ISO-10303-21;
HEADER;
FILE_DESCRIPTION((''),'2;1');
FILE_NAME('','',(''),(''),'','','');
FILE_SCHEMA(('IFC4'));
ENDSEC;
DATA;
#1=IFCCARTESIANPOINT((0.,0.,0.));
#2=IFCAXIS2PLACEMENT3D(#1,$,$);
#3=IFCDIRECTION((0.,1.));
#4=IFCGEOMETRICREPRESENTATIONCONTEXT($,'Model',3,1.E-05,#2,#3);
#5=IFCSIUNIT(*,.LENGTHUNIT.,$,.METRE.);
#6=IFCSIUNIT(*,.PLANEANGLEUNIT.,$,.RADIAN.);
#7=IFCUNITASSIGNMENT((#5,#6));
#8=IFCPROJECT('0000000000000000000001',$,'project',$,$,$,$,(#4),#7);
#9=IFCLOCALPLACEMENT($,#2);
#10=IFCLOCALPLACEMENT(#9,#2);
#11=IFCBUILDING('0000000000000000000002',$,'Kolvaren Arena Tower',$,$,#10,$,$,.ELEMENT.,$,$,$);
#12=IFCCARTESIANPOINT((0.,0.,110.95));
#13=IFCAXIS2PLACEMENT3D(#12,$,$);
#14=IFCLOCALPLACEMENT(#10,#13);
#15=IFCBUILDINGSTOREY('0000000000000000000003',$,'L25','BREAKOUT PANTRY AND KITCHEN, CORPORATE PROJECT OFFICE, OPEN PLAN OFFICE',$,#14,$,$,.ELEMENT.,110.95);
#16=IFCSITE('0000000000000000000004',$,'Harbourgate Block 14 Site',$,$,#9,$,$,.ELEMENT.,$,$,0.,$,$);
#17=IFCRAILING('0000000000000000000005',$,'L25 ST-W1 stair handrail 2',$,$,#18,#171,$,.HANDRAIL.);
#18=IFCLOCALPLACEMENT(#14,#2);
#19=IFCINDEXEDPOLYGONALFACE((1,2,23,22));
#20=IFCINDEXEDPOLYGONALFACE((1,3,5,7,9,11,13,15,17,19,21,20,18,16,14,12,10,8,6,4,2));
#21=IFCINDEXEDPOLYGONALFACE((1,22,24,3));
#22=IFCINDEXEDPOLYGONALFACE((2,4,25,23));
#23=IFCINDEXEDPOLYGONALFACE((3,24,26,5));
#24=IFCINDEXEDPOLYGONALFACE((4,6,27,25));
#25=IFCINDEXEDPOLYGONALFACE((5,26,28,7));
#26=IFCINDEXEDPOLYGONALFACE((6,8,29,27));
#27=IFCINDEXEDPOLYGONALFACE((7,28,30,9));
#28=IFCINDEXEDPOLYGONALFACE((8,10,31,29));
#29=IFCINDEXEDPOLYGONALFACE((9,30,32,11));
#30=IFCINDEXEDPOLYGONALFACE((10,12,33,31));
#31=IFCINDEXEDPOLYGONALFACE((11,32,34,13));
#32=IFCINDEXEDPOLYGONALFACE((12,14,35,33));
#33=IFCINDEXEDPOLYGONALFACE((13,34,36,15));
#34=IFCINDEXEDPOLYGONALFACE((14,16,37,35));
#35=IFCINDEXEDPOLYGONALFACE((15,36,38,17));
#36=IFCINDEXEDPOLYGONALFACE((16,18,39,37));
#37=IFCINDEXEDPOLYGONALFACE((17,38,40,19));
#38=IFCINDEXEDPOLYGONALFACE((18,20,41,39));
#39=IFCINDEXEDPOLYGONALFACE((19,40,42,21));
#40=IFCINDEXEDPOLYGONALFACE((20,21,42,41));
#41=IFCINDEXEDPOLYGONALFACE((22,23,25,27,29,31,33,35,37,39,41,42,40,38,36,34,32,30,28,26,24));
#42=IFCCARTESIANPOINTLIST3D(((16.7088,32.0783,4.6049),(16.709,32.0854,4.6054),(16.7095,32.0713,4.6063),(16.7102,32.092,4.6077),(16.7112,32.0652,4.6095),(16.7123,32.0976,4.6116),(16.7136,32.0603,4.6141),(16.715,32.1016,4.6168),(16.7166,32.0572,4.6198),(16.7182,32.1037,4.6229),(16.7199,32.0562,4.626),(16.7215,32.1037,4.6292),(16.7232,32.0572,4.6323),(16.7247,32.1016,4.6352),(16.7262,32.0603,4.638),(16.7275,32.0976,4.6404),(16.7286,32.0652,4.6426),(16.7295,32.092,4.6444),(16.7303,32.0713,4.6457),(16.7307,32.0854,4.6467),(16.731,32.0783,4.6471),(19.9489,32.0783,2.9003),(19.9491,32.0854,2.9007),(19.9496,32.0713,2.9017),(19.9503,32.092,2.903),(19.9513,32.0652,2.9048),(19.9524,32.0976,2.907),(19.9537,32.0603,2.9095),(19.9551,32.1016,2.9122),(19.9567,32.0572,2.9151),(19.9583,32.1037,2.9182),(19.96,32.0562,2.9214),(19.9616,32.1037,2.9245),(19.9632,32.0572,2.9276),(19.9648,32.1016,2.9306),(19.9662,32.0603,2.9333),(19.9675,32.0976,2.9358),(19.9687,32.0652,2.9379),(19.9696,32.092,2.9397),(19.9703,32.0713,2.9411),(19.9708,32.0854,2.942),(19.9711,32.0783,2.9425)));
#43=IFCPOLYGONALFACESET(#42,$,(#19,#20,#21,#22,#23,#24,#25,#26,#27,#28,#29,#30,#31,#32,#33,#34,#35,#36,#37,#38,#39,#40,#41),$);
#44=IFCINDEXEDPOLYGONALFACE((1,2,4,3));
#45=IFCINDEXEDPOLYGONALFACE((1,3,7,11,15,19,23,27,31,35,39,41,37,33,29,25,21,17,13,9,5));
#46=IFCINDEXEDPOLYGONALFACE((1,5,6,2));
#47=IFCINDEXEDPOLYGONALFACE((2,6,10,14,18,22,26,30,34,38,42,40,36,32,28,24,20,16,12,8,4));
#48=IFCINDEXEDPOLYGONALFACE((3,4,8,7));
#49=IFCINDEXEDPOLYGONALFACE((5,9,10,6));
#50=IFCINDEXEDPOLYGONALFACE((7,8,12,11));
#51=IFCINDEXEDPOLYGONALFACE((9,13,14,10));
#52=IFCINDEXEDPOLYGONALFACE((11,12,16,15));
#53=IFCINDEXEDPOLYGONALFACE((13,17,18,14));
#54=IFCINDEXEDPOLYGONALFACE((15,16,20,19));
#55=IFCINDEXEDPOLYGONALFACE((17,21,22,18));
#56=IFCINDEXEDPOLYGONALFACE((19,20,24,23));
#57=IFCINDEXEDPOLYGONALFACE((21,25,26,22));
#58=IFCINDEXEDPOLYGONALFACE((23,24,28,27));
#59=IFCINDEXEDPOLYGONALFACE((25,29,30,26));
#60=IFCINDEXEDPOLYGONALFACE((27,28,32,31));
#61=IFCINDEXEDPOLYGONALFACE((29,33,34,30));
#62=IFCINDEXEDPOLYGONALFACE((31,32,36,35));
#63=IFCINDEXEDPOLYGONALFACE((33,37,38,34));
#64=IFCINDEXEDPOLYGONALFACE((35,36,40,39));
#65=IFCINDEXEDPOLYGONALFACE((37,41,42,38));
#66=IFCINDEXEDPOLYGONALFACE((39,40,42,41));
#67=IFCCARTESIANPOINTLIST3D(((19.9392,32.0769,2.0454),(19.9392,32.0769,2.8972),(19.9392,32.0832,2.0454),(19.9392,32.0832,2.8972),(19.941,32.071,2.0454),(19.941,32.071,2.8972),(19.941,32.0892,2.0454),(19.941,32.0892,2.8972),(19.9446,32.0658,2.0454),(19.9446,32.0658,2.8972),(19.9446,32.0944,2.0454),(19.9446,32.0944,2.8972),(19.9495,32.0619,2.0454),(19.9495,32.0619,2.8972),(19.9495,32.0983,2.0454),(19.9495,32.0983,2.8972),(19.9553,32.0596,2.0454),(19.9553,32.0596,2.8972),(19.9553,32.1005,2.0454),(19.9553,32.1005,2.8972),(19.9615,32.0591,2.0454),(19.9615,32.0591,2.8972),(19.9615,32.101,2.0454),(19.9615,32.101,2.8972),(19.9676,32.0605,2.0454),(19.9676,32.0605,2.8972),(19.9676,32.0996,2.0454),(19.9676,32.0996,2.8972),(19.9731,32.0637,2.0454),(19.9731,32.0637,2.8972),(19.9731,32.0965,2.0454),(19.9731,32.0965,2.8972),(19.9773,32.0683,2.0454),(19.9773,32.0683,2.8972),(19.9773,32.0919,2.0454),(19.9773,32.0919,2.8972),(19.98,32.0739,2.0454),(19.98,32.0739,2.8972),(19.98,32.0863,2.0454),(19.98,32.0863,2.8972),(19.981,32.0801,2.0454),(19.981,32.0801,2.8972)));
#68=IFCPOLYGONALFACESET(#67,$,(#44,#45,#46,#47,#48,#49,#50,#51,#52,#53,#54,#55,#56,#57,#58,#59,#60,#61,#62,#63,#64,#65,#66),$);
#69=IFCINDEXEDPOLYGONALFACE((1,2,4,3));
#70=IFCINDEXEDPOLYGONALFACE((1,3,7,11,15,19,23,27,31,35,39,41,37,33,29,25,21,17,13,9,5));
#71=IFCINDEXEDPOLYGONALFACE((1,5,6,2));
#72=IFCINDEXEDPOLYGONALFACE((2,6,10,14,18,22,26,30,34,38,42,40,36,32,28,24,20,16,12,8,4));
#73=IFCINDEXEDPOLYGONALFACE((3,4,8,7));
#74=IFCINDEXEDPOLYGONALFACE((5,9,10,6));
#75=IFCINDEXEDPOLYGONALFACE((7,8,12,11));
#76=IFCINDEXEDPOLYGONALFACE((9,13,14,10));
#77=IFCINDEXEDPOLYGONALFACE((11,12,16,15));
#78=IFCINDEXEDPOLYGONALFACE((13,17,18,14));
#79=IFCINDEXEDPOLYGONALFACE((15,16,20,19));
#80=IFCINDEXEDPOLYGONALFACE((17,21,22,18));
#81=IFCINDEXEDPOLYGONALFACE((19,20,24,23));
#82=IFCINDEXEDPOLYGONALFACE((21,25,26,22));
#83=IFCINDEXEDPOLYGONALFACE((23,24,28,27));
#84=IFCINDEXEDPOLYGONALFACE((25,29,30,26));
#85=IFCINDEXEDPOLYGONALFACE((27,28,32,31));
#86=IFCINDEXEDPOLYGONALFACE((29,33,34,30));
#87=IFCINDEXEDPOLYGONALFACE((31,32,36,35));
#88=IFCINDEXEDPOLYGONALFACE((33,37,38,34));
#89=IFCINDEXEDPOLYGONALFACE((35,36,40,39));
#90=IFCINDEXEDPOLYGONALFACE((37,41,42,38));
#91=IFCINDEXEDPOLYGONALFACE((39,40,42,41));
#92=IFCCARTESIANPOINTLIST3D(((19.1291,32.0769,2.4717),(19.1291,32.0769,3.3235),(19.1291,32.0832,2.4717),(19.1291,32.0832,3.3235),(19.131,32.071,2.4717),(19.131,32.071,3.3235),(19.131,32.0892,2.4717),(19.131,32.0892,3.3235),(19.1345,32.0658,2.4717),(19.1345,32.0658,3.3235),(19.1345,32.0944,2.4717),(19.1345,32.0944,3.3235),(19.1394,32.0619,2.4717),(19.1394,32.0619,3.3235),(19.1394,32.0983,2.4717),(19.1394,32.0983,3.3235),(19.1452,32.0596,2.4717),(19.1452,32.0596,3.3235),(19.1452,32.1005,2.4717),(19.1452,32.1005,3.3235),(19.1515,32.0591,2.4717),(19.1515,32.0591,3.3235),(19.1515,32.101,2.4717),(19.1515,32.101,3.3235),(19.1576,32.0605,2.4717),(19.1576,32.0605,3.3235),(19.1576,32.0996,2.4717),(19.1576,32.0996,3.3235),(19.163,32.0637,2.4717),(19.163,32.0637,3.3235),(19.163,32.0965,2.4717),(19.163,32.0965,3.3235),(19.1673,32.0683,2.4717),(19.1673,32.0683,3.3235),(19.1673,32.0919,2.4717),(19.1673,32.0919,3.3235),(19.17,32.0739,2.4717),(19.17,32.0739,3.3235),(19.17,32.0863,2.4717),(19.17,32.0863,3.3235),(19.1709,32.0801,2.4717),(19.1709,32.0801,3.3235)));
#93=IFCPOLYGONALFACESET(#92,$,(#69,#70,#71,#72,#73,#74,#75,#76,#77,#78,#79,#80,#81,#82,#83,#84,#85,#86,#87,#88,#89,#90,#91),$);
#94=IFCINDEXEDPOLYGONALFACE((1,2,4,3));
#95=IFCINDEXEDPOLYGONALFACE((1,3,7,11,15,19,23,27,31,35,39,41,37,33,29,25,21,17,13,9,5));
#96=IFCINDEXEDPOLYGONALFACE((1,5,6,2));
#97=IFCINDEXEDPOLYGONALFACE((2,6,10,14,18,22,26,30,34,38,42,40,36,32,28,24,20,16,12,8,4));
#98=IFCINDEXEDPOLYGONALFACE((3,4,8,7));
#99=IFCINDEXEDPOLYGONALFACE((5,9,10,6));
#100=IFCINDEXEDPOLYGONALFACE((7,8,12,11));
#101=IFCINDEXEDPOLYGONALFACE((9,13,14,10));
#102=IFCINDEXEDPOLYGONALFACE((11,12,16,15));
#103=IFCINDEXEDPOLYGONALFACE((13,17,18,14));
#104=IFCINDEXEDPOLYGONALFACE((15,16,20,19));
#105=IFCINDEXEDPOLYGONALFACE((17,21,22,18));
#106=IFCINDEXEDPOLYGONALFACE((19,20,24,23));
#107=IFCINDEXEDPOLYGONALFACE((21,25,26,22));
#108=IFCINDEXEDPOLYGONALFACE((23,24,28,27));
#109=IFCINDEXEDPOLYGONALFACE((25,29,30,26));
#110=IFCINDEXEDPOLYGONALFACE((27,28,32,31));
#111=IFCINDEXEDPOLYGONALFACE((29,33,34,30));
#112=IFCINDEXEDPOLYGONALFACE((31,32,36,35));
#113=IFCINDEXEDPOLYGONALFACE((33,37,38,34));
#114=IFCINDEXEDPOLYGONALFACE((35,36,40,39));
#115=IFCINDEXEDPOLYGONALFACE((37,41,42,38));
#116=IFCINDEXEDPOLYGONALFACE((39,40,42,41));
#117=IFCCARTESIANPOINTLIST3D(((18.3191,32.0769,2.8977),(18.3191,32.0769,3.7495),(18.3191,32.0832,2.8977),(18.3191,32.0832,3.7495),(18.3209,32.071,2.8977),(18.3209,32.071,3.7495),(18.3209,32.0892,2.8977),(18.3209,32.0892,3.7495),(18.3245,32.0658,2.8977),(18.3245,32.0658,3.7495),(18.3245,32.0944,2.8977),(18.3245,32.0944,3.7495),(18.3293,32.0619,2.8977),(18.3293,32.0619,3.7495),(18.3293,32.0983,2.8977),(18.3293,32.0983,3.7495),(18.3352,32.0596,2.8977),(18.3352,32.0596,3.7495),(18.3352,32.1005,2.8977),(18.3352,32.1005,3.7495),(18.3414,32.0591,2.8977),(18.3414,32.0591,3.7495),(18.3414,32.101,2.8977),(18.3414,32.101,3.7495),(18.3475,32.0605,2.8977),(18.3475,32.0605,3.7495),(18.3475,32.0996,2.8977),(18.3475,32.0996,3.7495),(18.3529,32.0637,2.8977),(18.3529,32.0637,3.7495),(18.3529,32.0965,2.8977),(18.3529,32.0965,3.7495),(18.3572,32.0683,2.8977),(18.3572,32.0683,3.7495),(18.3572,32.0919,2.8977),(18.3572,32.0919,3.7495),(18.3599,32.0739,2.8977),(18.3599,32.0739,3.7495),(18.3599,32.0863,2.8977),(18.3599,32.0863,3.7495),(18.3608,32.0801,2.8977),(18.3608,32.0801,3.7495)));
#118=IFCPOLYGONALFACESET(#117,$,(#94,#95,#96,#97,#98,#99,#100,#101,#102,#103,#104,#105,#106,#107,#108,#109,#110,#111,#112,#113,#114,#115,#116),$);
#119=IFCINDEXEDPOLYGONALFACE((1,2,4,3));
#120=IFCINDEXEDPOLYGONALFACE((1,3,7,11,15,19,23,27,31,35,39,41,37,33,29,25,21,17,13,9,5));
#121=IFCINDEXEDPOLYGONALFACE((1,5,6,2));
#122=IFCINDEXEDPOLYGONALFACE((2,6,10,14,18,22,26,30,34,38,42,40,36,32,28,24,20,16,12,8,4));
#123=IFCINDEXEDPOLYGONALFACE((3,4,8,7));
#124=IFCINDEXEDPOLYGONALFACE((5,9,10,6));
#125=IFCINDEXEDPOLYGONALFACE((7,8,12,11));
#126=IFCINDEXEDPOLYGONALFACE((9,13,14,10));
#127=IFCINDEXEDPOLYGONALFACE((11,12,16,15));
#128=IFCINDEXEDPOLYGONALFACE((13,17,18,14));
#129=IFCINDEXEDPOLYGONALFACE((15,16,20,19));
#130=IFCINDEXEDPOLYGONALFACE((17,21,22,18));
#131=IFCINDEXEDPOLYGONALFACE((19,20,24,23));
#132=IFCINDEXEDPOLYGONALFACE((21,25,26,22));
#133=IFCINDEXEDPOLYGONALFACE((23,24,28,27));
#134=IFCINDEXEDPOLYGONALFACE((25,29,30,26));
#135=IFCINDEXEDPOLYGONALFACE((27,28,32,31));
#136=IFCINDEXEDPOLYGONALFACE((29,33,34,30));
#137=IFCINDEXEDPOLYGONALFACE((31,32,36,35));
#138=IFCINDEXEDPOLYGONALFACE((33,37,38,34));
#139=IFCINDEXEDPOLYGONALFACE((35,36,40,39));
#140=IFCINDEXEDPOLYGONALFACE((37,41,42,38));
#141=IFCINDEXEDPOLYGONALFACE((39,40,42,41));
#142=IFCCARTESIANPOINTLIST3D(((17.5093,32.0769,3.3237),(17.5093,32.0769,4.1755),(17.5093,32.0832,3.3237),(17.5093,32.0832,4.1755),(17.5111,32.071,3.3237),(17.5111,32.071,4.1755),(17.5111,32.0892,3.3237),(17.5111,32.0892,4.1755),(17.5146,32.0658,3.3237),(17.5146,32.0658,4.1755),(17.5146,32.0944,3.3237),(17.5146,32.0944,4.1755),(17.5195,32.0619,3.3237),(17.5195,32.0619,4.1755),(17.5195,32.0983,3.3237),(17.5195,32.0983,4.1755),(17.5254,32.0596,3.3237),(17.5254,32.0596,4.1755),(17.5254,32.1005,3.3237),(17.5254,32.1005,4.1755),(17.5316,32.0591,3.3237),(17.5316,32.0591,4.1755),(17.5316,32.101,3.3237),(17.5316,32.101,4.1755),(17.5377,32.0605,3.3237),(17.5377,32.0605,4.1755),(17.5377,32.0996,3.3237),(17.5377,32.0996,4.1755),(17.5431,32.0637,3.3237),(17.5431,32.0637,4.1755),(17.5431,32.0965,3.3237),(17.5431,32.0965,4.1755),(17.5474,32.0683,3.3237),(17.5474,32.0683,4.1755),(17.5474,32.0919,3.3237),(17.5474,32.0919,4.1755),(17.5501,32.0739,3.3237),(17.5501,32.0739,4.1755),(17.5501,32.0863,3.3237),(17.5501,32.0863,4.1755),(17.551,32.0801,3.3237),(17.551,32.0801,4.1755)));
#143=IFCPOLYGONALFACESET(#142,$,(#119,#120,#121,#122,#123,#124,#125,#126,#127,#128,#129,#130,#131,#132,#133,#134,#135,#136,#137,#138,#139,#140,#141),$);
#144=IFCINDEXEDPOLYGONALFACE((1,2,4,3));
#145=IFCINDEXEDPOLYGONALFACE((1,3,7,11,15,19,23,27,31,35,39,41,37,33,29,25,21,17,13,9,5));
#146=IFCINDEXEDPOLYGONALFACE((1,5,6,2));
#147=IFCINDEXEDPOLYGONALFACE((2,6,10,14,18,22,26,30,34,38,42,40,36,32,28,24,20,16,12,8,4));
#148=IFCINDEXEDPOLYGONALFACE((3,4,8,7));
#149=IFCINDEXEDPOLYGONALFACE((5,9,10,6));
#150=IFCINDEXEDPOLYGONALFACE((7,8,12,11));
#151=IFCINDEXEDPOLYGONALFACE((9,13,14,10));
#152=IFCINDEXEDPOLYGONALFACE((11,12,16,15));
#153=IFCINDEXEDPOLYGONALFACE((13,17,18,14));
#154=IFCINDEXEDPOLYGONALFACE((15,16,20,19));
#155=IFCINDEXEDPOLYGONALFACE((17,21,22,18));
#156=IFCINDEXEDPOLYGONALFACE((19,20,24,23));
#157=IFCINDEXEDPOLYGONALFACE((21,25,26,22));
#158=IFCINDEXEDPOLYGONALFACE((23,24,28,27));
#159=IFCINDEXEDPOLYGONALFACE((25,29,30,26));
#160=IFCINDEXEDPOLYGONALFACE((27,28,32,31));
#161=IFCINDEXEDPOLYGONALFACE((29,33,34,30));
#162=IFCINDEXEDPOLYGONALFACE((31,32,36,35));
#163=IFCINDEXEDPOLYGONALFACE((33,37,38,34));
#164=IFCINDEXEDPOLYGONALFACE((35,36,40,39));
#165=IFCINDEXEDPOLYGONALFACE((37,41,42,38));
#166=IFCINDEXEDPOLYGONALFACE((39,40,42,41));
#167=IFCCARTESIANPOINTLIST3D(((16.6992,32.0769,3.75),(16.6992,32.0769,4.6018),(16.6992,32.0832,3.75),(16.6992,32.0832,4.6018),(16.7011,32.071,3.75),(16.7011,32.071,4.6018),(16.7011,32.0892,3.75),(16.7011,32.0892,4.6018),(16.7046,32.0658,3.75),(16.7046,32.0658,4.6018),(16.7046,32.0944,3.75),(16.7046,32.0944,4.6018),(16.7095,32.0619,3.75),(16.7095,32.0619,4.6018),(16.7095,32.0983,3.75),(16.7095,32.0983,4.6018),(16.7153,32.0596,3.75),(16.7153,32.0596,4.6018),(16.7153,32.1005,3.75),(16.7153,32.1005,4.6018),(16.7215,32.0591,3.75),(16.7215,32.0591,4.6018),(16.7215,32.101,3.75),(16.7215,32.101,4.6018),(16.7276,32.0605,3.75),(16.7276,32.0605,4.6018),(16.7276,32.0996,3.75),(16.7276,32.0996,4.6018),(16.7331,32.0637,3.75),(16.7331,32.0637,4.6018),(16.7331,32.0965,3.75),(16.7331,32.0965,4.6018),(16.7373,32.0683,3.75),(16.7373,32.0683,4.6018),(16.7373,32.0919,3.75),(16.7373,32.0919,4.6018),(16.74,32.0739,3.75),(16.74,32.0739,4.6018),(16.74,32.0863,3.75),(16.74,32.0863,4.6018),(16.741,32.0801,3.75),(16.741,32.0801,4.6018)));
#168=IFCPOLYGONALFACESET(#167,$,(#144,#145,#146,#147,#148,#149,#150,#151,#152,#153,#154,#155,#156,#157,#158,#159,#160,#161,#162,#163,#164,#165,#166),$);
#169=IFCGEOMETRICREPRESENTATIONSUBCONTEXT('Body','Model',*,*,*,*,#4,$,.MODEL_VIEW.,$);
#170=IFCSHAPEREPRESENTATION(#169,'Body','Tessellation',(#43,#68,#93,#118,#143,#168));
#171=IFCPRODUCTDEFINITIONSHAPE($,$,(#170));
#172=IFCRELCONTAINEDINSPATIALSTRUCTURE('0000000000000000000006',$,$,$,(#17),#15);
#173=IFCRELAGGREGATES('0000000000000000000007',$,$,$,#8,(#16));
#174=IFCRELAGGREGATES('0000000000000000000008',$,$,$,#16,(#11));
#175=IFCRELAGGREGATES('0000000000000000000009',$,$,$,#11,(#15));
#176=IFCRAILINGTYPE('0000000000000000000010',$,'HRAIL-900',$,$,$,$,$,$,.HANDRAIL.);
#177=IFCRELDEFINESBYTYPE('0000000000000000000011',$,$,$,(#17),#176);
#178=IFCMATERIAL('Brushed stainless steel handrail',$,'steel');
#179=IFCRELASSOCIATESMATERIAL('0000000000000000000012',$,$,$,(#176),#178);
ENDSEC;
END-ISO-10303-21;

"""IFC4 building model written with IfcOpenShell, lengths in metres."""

from ifc_helpers import new_model, si_unit, direction, frame, origin, origin_2d, place, context, subcontext, project, spatial, circle, extrude, material, type_object, element, save


model = new_model("IFC4")

# Units and contexts
model_context = context("Model", 3, precision=1e-05, world=origin(), true_north=direction((0.0, 1.0)))
body_context = subcontext(model_context, "Body", "Model", "MODEL_VIEW")
ifc_project = project(units=[si_unit("LENGTHUNIT", "METRE"), si_unit("PLANEANGLEUNIT", "RADIAN")], contexts=[model_context])

# Site, building, storey
site_placement = place(None, origin())
site = spatial("IfcSite", under=ifc_project, at=site_placement, Name="Harbourgate Block 14 Site", CompositionType="ELEMENT", RefElevation=0.0)
building_placement = place(site_placement, origin())
building = spatial("IfcBuilding", under=site, at=building_placement, Name="Kolvaren Arena Tower", CompositionType="ELEMENT")
storey_placement = place(building_placement, frame((0.0, 0.0, 110.95)))
storey = spatial("IfcBuildingStorey", under=building, at=storey_placement, Name="L25", Description="BREAKOUT PANTRY AND KITCHEN, CORPORATE PROJECT OFFICE, OPEN PLAN OFFICE", CompositionType="ELEMENT", Elevation=110.95)

# Railing
ifc_material_1 = material(Name="Brushed stainless steel handrail", Category="steel")
railing_type_1 = type_object("IfcRailingType", Name="HRAIL-900", PredefinedType="HANDRAIL", material=ifc_material_1)
railing_1_placement = place(storey_placement, frame((19.96, 32.0801, 2.0454)))
element("IfcRailing", 1, at=railing_1_placement, inside=storey, type_object=railing_type_1, Name="L25 ST-W1 stair handrail 2", PredefinedType="HANDRAIL", context=body_context, shape_type="SweptSolid", body=[
    extrude(circle(Radius=0.0239, at=origin_2d()), frame((0.0, 0.0, 0.876), z_axis=(-0.884993, 0.0, 0.465604), x_axis=(0.0, -1.0, 0.0)), (0.0, 0.0, 1.0), 3.6611),
    extrude(circle(Radius=0.021, at=origin_2d()), origin(), (0.0, 0.0, 1.0), 0.8518),
    extrude(circle(Radius=0.021, at=origin_2d()), frame((-0.8101, 0.0, 0.4263)), (0.0, 0.0, 1.0), 0.8518),
    extrude(circle(Radius=0.021, at=origin_2d()), frame((-1.6201, 0.0, 0.8523)), (0.0, 0.0, 1.0), 0.8518),
    extrude(circle(Radius=0.021, at=origin_2d()), frame((-2.4299, 0.0, 1.2783)), (0.0, 0.0, 1.0), 0.8518),
    extrude(circle(Radius=0.021, at=origin_2d()), frame((-3.24, 0.0, 1.7046)), (0.0, 0.0, 1.0), 0.8518),
])

save(model, "model.ifc")
